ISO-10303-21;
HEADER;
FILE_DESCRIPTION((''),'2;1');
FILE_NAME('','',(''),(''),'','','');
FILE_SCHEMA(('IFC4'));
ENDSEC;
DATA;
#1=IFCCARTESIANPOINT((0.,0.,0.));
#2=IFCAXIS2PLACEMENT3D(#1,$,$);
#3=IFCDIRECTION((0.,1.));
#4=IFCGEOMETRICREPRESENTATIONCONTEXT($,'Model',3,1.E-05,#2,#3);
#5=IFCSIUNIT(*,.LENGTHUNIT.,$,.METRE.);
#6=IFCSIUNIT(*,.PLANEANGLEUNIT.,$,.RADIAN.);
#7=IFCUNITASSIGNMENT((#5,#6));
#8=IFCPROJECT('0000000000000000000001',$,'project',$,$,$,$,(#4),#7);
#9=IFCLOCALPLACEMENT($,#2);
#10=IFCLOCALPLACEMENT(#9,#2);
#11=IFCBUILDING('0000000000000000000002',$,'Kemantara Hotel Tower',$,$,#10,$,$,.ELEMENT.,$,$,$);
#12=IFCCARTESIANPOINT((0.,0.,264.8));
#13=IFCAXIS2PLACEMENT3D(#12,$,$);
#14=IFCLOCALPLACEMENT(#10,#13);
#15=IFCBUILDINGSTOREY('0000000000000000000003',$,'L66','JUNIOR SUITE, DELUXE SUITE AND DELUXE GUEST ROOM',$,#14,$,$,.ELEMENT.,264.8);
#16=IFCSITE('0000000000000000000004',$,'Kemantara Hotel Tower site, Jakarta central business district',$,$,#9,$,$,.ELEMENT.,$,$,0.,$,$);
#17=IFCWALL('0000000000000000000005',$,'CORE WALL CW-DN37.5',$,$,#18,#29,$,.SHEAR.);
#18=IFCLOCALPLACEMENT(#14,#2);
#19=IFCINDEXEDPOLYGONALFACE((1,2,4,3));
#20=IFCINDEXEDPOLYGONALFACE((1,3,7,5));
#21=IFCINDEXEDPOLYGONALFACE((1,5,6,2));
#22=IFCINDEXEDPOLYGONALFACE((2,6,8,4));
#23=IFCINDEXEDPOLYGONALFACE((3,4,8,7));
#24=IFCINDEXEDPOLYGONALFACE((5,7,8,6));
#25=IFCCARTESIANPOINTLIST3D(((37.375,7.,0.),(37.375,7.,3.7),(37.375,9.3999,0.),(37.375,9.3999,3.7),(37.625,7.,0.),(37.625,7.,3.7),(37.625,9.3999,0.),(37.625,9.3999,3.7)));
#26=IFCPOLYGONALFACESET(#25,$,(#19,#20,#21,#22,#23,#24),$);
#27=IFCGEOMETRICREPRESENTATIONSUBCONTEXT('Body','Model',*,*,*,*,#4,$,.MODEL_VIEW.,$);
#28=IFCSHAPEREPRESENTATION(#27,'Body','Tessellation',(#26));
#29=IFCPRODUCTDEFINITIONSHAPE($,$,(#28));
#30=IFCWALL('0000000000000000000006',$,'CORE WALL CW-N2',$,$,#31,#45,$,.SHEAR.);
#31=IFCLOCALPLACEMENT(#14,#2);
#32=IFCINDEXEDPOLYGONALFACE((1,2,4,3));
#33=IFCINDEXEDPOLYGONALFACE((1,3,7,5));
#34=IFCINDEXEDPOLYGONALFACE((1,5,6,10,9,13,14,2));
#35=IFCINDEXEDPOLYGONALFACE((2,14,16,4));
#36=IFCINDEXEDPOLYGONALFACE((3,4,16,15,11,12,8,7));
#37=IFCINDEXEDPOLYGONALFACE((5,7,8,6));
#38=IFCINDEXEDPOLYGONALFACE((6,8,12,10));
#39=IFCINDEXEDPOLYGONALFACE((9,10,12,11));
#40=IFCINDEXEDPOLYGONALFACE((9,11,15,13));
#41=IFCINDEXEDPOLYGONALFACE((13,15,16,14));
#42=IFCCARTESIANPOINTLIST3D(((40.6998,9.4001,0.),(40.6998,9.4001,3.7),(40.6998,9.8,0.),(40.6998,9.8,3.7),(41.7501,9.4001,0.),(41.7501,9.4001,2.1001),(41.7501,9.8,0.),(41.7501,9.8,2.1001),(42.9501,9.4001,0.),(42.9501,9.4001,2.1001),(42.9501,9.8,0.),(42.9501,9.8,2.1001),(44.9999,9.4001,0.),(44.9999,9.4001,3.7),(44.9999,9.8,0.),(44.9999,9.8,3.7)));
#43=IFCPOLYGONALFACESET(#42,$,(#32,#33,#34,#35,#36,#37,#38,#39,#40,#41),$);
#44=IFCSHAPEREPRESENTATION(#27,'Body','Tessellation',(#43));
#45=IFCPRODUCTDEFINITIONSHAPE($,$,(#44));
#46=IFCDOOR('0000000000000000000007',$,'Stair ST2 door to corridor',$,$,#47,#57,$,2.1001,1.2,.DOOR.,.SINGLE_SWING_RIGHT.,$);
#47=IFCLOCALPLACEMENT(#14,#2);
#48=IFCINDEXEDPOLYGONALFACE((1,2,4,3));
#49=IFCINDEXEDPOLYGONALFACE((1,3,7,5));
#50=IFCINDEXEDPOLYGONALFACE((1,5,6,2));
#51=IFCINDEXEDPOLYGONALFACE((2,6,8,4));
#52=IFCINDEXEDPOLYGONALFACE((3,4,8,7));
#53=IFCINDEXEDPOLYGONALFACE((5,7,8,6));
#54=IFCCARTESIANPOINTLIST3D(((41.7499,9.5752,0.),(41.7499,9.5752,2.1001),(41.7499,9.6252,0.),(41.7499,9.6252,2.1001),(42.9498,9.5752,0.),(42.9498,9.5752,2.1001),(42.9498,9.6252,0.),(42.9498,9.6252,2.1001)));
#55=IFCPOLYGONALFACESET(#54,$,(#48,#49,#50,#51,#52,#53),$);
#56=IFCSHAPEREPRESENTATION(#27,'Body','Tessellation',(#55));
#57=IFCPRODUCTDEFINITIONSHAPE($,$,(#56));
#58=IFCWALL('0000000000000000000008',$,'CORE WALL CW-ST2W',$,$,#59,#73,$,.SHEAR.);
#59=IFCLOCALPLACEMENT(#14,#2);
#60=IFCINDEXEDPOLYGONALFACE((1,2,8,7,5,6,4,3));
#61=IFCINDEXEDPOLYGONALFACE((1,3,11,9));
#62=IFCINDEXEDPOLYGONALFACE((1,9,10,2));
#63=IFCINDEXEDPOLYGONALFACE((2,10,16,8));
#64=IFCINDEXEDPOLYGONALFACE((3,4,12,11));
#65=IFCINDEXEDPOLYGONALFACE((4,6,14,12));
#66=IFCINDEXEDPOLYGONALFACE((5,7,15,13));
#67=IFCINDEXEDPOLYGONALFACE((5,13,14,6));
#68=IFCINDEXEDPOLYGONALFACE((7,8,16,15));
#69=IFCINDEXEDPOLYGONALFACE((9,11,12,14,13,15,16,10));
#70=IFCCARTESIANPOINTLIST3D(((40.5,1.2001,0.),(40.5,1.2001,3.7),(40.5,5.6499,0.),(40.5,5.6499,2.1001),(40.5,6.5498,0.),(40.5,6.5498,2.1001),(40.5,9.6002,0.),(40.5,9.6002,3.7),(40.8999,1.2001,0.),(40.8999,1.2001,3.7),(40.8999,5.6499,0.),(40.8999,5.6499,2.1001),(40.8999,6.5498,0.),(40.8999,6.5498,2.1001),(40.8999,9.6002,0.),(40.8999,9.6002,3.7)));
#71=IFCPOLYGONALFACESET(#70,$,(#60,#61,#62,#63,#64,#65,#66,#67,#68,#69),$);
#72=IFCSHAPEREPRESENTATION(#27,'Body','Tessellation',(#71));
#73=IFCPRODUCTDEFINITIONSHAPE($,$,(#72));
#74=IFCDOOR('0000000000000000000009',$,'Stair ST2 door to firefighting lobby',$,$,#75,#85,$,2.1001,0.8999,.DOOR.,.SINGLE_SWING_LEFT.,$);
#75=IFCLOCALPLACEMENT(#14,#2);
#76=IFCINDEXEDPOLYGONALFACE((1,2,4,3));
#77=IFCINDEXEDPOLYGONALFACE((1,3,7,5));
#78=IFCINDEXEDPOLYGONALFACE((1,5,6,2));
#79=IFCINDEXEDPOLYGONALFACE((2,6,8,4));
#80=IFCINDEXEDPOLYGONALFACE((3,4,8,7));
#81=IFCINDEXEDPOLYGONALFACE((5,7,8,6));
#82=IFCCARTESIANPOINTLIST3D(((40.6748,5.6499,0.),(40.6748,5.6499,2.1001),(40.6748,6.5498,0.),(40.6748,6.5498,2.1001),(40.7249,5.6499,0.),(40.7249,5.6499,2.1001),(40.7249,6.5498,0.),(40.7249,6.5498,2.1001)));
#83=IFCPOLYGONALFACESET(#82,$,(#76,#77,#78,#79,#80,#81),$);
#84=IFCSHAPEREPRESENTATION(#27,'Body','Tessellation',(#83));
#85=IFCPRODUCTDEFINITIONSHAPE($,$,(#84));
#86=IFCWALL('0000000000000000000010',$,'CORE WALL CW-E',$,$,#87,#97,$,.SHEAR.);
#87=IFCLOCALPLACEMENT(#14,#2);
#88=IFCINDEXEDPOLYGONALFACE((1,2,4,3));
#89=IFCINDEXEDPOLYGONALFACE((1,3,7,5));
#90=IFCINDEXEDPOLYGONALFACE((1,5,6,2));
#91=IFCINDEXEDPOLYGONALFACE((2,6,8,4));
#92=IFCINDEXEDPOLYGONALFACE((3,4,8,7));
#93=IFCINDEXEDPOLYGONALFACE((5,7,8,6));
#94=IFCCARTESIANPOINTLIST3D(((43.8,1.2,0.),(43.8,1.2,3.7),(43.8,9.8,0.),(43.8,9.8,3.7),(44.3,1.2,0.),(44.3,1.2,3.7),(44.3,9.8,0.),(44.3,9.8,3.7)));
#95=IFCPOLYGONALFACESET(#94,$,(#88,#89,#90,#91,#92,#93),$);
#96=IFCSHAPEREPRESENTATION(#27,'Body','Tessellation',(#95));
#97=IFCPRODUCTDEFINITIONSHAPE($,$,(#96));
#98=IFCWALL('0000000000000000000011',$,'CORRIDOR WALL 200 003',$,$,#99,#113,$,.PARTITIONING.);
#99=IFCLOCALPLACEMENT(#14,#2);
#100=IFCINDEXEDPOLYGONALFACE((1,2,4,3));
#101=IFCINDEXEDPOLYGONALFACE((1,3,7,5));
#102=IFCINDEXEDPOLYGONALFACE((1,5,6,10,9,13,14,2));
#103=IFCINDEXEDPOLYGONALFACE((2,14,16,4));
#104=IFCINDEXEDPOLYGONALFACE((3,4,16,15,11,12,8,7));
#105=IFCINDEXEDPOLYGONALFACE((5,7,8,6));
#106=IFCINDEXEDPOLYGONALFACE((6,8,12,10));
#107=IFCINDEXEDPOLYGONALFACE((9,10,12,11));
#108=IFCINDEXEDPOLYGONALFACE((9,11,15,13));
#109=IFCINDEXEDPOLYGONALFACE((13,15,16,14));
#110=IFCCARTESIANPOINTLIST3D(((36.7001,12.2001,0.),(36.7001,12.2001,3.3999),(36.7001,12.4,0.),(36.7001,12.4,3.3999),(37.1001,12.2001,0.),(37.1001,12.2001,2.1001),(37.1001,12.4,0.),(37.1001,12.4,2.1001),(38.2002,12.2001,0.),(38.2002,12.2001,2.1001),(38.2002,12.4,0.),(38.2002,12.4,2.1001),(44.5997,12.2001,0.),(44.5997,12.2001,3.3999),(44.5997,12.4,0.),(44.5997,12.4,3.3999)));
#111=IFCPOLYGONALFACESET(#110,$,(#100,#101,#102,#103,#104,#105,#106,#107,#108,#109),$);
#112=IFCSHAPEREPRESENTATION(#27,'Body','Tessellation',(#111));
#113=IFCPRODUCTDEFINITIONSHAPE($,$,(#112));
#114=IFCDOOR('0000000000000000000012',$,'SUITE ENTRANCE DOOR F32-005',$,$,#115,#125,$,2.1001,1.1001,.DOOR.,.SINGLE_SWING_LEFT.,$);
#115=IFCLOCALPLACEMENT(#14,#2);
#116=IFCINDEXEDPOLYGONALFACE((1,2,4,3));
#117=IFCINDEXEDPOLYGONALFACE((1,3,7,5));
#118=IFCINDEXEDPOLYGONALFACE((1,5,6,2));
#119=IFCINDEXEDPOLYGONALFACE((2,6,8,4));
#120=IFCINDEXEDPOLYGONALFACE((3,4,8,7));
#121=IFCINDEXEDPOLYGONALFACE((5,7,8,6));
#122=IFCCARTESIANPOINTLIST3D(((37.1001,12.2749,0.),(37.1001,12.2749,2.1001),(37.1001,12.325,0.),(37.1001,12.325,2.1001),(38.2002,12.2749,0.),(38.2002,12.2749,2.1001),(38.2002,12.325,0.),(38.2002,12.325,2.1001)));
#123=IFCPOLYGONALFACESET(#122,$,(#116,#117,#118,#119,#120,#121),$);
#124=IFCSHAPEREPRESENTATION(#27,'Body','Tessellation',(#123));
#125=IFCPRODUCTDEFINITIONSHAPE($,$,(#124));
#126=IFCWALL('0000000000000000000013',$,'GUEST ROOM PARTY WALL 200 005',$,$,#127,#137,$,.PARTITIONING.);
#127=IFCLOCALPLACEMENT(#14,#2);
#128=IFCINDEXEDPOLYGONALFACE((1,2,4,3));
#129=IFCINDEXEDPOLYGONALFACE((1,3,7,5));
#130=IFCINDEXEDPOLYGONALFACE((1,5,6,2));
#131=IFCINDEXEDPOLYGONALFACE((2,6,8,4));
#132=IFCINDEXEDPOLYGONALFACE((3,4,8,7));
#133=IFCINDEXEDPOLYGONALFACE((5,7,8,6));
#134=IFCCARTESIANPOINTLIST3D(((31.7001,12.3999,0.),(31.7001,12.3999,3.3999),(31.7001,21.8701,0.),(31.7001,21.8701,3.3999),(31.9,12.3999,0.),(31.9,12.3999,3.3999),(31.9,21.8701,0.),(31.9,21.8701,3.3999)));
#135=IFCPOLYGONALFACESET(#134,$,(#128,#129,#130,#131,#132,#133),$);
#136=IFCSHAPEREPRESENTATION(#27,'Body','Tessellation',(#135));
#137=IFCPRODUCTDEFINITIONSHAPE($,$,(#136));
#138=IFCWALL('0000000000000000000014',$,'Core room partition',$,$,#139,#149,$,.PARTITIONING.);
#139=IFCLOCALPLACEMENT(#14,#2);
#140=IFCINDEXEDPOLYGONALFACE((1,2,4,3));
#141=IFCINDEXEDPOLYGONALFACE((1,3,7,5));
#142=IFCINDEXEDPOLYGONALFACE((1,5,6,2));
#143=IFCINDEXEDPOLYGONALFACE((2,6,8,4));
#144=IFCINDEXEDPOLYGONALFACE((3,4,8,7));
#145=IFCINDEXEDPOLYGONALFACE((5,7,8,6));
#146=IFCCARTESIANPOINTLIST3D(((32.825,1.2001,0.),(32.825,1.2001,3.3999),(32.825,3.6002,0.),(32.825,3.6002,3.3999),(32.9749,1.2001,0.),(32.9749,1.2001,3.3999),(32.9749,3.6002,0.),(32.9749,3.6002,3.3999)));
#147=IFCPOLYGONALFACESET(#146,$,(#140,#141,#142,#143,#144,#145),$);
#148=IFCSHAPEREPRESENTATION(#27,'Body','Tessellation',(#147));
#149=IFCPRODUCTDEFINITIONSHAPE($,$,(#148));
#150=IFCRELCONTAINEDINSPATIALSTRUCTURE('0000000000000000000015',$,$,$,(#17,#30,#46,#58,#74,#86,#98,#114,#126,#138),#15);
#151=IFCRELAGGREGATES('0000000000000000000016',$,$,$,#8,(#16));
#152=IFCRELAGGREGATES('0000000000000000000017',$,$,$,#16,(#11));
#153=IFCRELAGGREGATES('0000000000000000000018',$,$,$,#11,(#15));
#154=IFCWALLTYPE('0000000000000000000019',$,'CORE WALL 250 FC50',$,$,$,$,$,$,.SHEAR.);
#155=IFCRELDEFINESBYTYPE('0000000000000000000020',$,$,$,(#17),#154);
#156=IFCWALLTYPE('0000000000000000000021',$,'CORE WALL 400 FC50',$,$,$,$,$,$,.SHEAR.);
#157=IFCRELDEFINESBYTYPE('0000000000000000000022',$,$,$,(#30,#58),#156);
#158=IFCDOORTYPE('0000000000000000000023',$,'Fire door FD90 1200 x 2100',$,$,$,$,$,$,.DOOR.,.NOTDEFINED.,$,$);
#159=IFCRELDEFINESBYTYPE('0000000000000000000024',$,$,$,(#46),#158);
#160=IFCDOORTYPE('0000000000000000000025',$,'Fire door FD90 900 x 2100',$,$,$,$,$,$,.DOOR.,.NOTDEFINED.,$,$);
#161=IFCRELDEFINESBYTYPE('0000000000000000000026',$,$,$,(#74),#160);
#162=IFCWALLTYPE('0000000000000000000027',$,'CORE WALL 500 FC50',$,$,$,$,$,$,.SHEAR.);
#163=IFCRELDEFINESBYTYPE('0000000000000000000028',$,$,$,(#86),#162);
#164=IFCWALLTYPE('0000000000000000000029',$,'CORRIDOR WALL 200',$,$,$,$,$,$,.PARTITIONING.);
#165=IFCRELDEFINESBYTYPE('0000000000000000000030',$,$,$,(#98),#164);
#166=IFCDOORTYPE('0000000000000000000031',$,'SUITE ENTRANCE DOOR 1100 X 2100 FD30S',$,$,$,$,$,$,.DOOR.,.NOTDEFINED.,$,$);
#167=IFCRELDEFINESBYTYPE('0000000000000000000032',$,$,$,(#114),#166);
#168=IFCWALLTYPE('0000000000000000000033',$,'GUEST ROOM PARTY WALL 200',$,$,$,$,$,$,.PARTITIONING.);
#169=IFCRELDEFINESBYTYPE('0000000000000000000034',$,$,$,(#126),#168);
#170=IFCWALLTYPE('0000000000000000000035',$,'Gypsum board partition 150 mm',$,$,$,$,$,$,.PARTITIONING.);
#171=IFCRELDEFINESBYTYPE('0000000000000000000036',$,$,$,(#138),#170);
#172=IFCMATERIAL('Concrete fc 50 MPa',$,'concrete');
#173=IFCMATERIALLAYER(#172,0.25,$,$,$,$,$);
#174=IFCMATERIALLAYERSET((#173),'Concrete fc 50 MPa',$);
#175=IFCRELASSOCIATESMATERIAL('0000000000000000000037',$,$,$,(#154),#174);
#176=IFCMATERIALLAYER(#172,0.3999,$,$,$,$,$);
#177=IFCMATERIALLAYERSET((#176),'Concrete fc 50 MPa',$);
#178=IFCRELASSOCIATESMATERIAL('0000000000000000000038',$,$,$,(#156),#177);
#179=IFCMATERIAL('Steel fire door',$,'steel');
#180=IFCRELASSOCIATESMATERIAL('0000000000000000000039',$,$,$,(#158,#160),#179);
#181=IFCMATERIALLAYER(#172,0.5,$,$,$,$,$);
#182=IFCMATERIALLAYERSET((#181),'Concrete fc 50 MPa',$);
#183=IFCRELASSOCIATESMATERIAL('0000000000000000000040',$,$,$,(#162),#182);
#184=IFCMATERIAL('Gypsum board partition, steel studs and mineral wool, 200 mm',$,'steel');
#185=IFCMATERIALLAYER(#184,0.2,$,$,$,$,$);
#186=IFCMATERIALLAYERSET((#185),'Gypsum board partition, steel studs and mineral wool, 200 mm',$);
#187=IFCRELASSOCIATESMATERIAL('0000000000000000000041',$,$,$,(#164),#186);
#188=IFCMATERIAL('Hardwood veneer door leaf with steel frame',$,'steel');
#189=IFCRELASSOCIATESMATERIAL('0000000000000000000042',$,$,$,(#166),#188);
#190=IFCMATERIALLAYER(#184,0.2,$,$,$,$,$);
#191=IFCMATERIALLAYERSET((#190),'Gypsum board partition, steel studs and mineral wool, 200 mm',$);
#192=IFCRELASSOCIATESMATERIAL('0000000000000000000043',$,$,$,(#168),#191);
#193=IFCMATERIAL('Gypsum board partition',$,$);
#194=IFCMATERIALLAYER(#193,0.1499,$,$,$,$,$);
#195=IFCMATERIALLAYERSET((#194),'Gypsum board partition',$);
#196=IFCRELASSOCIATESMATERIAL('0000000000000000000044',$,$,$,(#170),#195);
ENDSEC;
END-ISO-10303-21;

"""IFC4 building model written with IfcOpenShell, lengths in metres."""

from ifc_helpers import new_model, si_unit, direction, frame, frame_2d, origin, place, context, subcontext, project, spatial, rectangle, extrude, material, layer, layer_set, type_object, element, fill, save


model = new_model("IFC4")

# Units and contexts
model_context = context("Model", 3, precision=1e-05, world=origin(), true_north=direction((0.0, 1.0)))
body_context = subcontext(model_context, "Body", "Model", "MODEL_VIEW")
ifc_project = project(units=[si_unit("LENGTHUNIT", "METRE"), si_unit("PLANEANGLEUNIT", "RADIAN")], contexts=[model_context])

# Site, building, storey
site_placement = place(None, origin())
site = spatial("IfcSite", under=ifc_project, at=site_placement, Name="Kemantara Hotel Tower site, Jakarta central business district", CompositionType="ELEMENT", RefElevation=0.0)
building_placement = place(site_placement, origin())
building = spatial("IfcBuilding", under=site, at=building_placement, Name="Kemantara Hotel Tower", CompositionType="ELEMENT")
storey_placement = place(building_placement, frame((0.0, 0.0, 264.8)))
storey = spatial("IfcBuildingStorey", under=building, at=storey_placement, Name="L66", Description="JUNIOR SUITE, DELUXE SUITE AND DELUXE GUEST ROOM", CompositionType="ELEMENT", Elevation=264.8)

# Shared definitions
ifc_material_1 = material(Name="Concrete fc 50 MPa", Category="concrete")

# Wall
ifc_layer_1 = layer(ifc_material_1, 0.25)
ifc_layer_set_1 = layer_set([ifc_layer_1], Name="Concrete fc 50 MPa")
wall_type_1 = type_object("IfcWallType", Name="CORE WALL 250 FC50", PredefinedType="SHEAR", material=ifc_layer_set_1)
for number, where, z_axis, x_axis, name in (
    (1, (37.5, 7.0, 0.0), (0.0, 0.0, 1.0), (0.0, 1.0, 0.0), "CORE WALL CW-DN37.5"),
):
    element("IfcWall", number, at=place(storey_placement, frame(where, z_axis=z_axis, x_axis=x_axis)), inside=storey, type_object=wall_type_1, Name=name, PredefinedType="SHEAR", context=body_context, shape_type="SweptSolid", body=[
        extrude(rectangle(XDim=2.3999, YDim=0.25, at=frame_2d((1.2, 0.0))), origin(), (0.0, 0.0, 1.0), 3.7),
    ])

# Walls, openings, doors
ifc_layer_2 = layer(ifc_material_1, 0.3999)
ifc_layer_set_2 = layer_set([ifc_layer_2], Name="Concrete fc 50 MPa")
wall_type_2 = type_object("IfcWallType", Name="CORE WALL 400 FC50", PredefinedType="SHEAR", material=ifc_layer_set_2)
wall_1_placement = place(storey_placement, frame((40.7, 9.6001, 0.0), z_axis=(0.0, 0.0, 1.0), x_axis=(1.0, 0.0, 0.0)))
wall_1 = element("IfcWall", 2, at=wall_1_placement, inside=storey, type_object=wall_type_2, Name="CORE WALL CW-N2", PredefinedType="SHEAR", context=body_context, shape_type="SweptSolid", body=[
    extrude(rectangle(XDim=4.3, YDim=0.3999, at=frame_2d((2.1499, 0.0))), origin(), (0.0, 0.0, 1.0), 3.7),
])
opening_1_placement = place(wall_1_placement, frame((1.05, 0.0, 0.0)))
opening_1 = element("IfcOpeningElement", 3, at=opening_1_placement, cuts=wall_1, PredefinedType="OPENING", context=body_context, shape_type="SweptSolid", body=[
    extrude(rectangle(XDim=1.2, YDim=2.1001, at=frame_2d((0.6001, 1.05))), frame((0.0, 0.21, 0.0), z_axis=(0.0, -1.0, 0.0), x_axis=(1.0, 0.0, 0.0)), (0.0, 0.0, 1.0), 0.4199),
])
ifc_material_2 = material(Name="Steel fire door", Category="steel")
door_type_1 = type_object("IfcDoorType", Name="Fire door FD90 1200 x 2100", OperationType="NOTDEFINED", PredefinedType="DOOR", material=ifc_material_2)
door_1_placement = place(opening_1_placement, frame((1.2, 0.0, 0.0), z_axis=(0.0, 0.0, 1.0), x_axis=(-1.0, 0.0, 0.0)))
door_1 = element("IfcDoor", 4, at=door_1_placement, inside=storey, type_object=door_type_1, Name="Stair ST2 door to corridor", OperationType="SINGLE_SWING_RIGHT", OverallHeight=2.1001, OverallWidth=1.2, PredefinedType="DOOR", context=body_context, shape_type="SweptSolid", body=[
    extrude(rectangle(XDim=1.2, YDim=2.1001, at=frame_2d((0.6001, 1.05))), frame((0.0, 0.0249, 0.0), z_axis=(0.0, -1.0, 0.0), x_axis=(1.0, 0.0, 0.0)), (0.0, 0.0, 1.0), 0.05),
])
fill(opening_1, door_1)
wall_2_placement = place(storey_placement, frame((40.7, 1.2, 0.0), z_axis=(0.0, 0.0, 1.0), x_axis=(0.0, 1.0, 0.0)))
wall_2 = element("IfcWall", 5, at=wall_2_placement, inside=storey, type_object=wall_type_2, Name="CORE WALL CW-ST2W", PredefinedType="SHEAR", context=body_context, shape_type="SweptSolid", body=[
    extrude(rectangle(XDim=8.4001, YDim=0.3999, at=frame_2d((4.2002, 0.0))), origin(), (0.0, 0.0, 1.0), 3.7),
])
opening_2_placement = place(wall_2_placement, frame((4.45, 0.0, 0.0)))
opening_2 = element("IfcOpeningElement", 6, at=opening_2_placement, cuts=wall_2, PredefinedType="OPENING", context=body_context, shape_type="SweptSolid", body=[
    extrude(rectangle(XDim=0.8999, YDim=2.1001, at=frame_2d((0.45, 1.05))), frame((0.0, 0.21, 0.0), z_axis=(0.0, -1.0, 0.0), x_axis=(1.0, 0.0, 0.0)), (0.0, 0.0, 1.0), 0.4199),
])
door_type_2 = type_object("IfcDoorType", Name="Fire door FD90 900 x 2100", OperationType="NOTDEFINED", PredefinedType="DOOR", material=ifc_material_2)
door_2_placement = place(opening_2_placement, frame((0.8999, 0.0, 0.0), z_axis=(0.0, 0.0, 1.0), x_axis=(-1.0, 0.0, 0.0)))
door_2 = element("IfcDoor", 7, at=door_2_placement, inside=storey, type_object=door_type_2, Name="Stair ST2 door to firefighting lobby", OperationType="SINGLE_SWING_LEFT", OverallHeight=2.1001, OverallWidth=0.8999, PredefinedType="DOOR", context=body_context, shape_type="SweptSolid", body=[
    extrude(rectangle(XDim=0.8999, YDim=2.1001, at=frame_2d((0.45, 1.05))), frame((0.0, 0.0249, 0.0), z_axis=(0.0, -1.0, 0.0), x_axis=(1.0, 0.0, 0.0)), (0.0, 0.0, 1.0), 0.05),
])
fill(opening_2, door_2)

# Wall
ifc_layer_3 = layer(ifc_material_1, 0.5)
ifc_layer_set_3 = layer_set([ifc_layer_3], Name="Concrete fc 50 MPa")
wall_type_3 = type_object("IfcWallType", Name="CORE WALL 500 FC50", PredefinedType="SHEAR", material=ifc_layer_set_3)
wall_3_placement = place(storey_placement, frame((44.05, 1.2, 0.0), z_axis=(0.0, 0.0, 1.0), x_axis=(0.0, 1.0, 0.0)))
element("IfcWall", 8, at=wall_3_placement, inside=storey, type_object=wall_type_3, Name="CORE WALL CW-E", PredefinedType="SHEAR", context=body_context, shape_type="SweptSolid", body=[
    extrude(rectangle(XDim=8.6001, YDim=0.5, at=frame_2d((4.3, 0.0))), origin(), (0.0, 0.0, 1.0), 3.7),
])

# Wall, opening, door
ifc_material_3 = material(Name="Gypsum board partition, steel studs and mineral wool, 200 mm", Category="steel")
ifc_layer_4 = layer(ifc_material_3, 0.2)
ifc_layer_set_4 = layer_set([ifc_layer_4], Name="Gypsum board partition, steel studs and mineral wool, 200 mm")
wall_type_4 = type_object("IfcWallType", Name="CORRIDOR WALL 200", PredefinedType="PARTITIONING", material=ifc_layer_set_4)
wall_4_placement = place(storey_placement, frame((36.7002, 12.3, 0.0), z_axis=(0.0, 0.0, 1.0), x_axis=(1.0, 0.0, 0.0)))
wall_4 = element("IfcWall", 9, at=wall_4_placement, inside=storey, type_object=wall_type_4, Name="CORRIDOR WALL 200 003", PredefinedType="PARTITIONING", context=body_context, shape_type="SweptSolid", body=[
    extrude(rectangle(XDim=7.8997, YDim=0.2, at=frame_2d((3.9497, 0.0))), origin(), (0.0, 0.0, 1.0), 3.3999),
])
opening_3_placement = place(wall_4_placement, frame((0.3999, 0.0, 0.0)))
opening_3 = element("IfcOpeningElement", 10, at=opening_3_placement, cuts=wall_4, PredefinedType="OPENING", context=body_context, shape_type="SweptSolid", body=[
    extrude(rectangle(XDim=1.1001, YDim=2.1001, at=frame_2d((0.55, 1.05))), frame((0.0, 0.1099, 0.0), z_axis=(0.0, -1.0, 0.0), x_axis=(1.0, 0.0, 0.0)), (0.0, 0.0, 1.0), 0.22),
])
ifc_material_4 = material(Name="Hardwood veneer door leaf with steel frame", Category="steel")
door_type_3 = type_object("IfcDoorType", Name="SUITE ENTRANCE DOOR 1100 X 2100 FD30S", OperationType="NOTDEFINED", PredefinedType="DOOR", material=ifc_material_4)
door_3_placement = place(opening_3_placement, origin())
door_3 = element("IfcDoor", 11, at=door_3_placement, inside=storey, type_object=door_type_3, Name="SUITE ENTRANCE DOOR F32-005", OperationType="SINGLE_SWING_LEFT", OverallHeight=2.1001, OverallWidth=1.1001, PredefinedType="DOOR", context=body_context, shape_type="SweptSolid", body=[
    extrude(rectangle(XDim=1.1001, YDim=2.1001, at=frame_2d((0.55, 1.05))), frame((0.0, 0.0249, 0.0), z_axis=(0.0, -1.0, 0.0), x_axis=(1.0, 0.0, 0.0)), (0.0, 0.0, 1.0), 0.05),
])
fill(opening_3, door_3)

# Walls
ifc_layer_5 = layer(ifc_material_3, 0.2)
ifc_layer_set_5 = layer_set([ifc_layer_5], Name="Gypsum board partition, steel studs and mineral wool, 200 mm")
wall_type_5 = type_object("IfcWallType", Name="GUEST ROOM PARTY WALL 200", PredefinedType="PARTITIONING", material=ifc_layer_set_5)
wall_5_placement = place(storey_placement, frame((31.8, 12.3999, 0.0), z_axis=(0.0, 0.0, 1.0), x_axis=(0.0, 1.0, 0.0)))
element("IfcWall", 12, at=wall_5_placement, inside=storey, type_object=wall_type_5, Name="GUEST ROOM PARTY WALL 200 005", PredefinedType="PARTITIONING", context=body_context, shape_type="SweptSolid", body=[
    extrude(rectangle(XDim=9.4702, YDim=0.2, at=frame_2d((4.7351, 0.0))), origin(), (0.0, 0.0, 1.0), 3.3999),
])
ifc_material_5 = material(Name="Gypsum board partition")
ifc_layer_6 = layer(ifc_material_5, 0.1499)
ifc_layer_set_6 = layer_set([ifc_layer_6], Name="Gypsum board partition")
wall_type_6 = type_object("IfcWallType", Name="Gypsum board partition 150 mm", PredefinedType="PARTITIONING", material=ifc_layer_set_6)
wall_6_placement = place(storey_placement, frame((32.8999, 1.2, 0.0), z_axis=(0.0, 0.0, 1.0), x_axis=(0.0, 1.0, 0.0)))
element("IfcWall", 13, at=wall_6_placement, inside=storey, type_object=wall_type_6, Name="Core room partition", PredefinedType="PARTITIONING", context=body_context, shape_type="SweptSolid", body=[
    extrude(rectangle(XDim=2.4001, YDim=0.1499, at=frame_2d((1.2002, 0.0))), origin(), (0.0, 0.0, 1.0), 3.3999),
])

save(model, "model.ifc")
